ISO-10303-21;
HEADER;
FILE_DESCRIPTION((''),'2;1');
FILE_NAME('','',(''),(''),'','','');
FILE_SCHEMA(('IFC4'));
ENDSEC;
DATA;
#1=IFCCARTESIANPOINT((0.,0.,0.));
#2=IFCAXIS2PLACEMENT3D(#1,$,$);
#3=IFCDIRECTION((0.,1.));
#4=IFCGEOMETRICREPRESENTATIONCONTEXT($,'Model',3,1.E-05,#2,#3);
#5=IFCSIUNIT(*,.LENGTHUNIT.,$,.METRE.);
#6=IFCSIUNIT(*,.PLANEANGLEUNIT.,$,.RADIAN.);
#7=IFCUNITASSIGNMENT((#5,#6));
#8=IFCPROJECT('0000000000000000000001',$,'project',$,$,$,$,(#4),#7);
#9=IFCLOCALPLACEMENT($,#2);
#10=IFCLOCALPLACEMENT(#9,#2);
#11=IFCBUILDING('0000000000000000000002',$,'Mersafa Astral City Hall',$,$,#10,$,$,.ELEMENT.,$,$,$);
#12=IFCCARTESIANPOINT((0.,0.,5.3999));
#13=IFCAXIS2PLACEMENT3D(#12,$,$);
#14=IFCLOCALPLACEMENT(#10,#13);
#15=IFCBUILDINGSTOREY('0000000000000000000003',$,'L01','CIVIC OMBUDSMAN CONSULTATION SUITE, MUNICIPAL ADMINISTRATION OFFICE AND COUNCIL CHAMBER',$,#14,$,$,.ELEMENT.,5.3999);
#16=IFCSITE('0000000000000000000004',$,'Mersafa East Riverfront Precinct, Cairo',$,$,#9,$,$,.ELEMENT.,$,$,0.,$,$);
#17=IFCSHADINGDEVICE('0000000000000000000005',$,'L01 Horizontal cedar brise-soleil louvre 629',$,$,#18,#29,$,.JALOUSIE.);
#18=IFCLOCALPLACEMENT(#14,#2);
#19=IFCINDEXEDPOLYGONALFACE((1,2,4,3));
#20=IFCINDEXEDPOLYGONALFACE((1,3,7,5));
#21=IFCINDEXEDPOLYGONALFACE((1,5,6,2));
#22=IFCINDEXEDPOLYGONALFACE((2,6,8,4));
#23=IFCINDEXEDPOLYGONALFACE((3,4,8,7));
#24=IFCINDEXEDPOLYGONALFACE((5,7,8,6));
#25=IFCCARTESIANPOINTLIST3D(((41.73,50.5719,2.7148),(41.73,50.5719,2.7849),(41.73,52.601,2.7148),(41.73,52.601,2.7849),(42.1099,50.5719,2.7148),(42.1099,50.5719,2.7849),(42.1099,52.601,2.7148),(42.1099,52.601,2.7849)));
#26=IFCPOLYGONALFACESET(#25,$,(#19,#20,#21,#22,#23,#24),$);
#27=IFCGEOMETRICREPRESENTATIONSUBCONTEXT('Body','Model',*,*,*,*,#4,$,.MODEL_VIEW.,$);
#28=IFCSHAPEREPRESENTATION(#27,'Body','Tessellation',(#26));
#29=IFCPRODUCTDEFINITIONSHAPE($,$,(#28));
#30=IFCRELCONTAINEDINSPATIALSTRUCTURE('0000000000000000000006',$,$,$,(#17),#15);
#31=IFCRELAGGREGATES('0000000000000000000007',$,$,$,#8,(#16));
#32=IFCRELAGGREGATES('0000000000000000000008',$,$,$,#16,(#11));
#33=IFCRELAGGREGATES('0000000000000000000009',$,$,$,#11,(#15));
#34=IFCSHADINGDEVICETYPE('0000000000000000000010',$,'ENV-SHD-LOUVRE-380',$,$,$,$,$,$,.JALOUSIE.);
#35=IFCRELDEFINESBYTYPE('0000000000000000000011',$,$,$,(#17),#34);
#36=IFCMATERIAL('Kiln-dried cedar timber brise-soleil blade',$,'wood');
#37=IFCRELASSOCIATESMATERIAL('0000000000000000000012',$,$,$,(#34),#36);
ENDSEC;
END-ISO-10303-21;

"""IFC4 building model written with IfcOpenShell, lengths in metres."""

from ifc_helpers import new_model, si_unit, direction, frame, origin, origin_2d, place, context, subcontext, project, spatial, rectangle, extrude, material, type_object, element, save


model = new_model("IFC4")

# Units and contexts
model_context = context("Model", 3, precision=1e-05, world=origin(), true_north=direction((0.0, 1.0)))
body_context = subcontext(model_context, "Body", "Model", "MODEL_VIEW")
ifc_project = project(units=[si_unit("LENGTHUNIT", "METRE"), si_unit("PLANEANGLEUNIT", "RADIAN")], contexts=[model_context])

# Site, building, storey
site_placement = place(None, origin())
site = spatial("IfcSite", under=ifc_project, at=site_placement, Name="Mersafa East Riverfront Precinct, Cairo", CompositionType="ELEMENT", RefElevation=0.0)
building_placement = place(site_placement, origin())
building = spatial("IfcBuilding", under=site, at=building_placement, Name="Mersafa Astral City Hall", CompositionType="ELEMENT")
storey_placement = place(building_placement, frame((0.0, 0.0, 5.3999)))
storey = spatial("IfcBuildingStorey", under=building, at=storey_placement, Name="L01", Description="CIVIC OMBUDSMAN CONSULTATION SUITE, MUNICIPAL ADMINISTRATION OFFICE AND COUNCIL CHAMBER", CompositionType="ELEMENT", Elevation=5.3999)

# Shading device
ifc_material_1 = material(Name="Kiln-dried cedar timber brise-soleil blade", Category="wood")
shading_device_type = type_object("IfcShadingDeviceType", Name="ENV-SHD-LOUVRE-380", PredefinedType="JALOUSIE", material=ifc_material_1)
shading_device_1_placement = place(storey_placement, frame((41.9199, 51.5864, 2.7148), z_axis=(0.0, 0.0, 1.0), x_axis=(0.0, -1.0, 0.0)))
element("IfcShadingDevice", 1, at=shading_device_1_placement, inside=storey, type_object=shading_device_type, Name="L01 Horizontal cedar brise-soleil louvre 629", PredefinedType="JALOUSIE", context=body_context, shape_type="SweptSolid", body=[
    extrude(rectangle(XDim=2.0291, YDim=0.3799, at=origin_2d()), origin(), (0.0, 0.0, 1.0), 0.0701),
])

save(model, "model.ifc")
